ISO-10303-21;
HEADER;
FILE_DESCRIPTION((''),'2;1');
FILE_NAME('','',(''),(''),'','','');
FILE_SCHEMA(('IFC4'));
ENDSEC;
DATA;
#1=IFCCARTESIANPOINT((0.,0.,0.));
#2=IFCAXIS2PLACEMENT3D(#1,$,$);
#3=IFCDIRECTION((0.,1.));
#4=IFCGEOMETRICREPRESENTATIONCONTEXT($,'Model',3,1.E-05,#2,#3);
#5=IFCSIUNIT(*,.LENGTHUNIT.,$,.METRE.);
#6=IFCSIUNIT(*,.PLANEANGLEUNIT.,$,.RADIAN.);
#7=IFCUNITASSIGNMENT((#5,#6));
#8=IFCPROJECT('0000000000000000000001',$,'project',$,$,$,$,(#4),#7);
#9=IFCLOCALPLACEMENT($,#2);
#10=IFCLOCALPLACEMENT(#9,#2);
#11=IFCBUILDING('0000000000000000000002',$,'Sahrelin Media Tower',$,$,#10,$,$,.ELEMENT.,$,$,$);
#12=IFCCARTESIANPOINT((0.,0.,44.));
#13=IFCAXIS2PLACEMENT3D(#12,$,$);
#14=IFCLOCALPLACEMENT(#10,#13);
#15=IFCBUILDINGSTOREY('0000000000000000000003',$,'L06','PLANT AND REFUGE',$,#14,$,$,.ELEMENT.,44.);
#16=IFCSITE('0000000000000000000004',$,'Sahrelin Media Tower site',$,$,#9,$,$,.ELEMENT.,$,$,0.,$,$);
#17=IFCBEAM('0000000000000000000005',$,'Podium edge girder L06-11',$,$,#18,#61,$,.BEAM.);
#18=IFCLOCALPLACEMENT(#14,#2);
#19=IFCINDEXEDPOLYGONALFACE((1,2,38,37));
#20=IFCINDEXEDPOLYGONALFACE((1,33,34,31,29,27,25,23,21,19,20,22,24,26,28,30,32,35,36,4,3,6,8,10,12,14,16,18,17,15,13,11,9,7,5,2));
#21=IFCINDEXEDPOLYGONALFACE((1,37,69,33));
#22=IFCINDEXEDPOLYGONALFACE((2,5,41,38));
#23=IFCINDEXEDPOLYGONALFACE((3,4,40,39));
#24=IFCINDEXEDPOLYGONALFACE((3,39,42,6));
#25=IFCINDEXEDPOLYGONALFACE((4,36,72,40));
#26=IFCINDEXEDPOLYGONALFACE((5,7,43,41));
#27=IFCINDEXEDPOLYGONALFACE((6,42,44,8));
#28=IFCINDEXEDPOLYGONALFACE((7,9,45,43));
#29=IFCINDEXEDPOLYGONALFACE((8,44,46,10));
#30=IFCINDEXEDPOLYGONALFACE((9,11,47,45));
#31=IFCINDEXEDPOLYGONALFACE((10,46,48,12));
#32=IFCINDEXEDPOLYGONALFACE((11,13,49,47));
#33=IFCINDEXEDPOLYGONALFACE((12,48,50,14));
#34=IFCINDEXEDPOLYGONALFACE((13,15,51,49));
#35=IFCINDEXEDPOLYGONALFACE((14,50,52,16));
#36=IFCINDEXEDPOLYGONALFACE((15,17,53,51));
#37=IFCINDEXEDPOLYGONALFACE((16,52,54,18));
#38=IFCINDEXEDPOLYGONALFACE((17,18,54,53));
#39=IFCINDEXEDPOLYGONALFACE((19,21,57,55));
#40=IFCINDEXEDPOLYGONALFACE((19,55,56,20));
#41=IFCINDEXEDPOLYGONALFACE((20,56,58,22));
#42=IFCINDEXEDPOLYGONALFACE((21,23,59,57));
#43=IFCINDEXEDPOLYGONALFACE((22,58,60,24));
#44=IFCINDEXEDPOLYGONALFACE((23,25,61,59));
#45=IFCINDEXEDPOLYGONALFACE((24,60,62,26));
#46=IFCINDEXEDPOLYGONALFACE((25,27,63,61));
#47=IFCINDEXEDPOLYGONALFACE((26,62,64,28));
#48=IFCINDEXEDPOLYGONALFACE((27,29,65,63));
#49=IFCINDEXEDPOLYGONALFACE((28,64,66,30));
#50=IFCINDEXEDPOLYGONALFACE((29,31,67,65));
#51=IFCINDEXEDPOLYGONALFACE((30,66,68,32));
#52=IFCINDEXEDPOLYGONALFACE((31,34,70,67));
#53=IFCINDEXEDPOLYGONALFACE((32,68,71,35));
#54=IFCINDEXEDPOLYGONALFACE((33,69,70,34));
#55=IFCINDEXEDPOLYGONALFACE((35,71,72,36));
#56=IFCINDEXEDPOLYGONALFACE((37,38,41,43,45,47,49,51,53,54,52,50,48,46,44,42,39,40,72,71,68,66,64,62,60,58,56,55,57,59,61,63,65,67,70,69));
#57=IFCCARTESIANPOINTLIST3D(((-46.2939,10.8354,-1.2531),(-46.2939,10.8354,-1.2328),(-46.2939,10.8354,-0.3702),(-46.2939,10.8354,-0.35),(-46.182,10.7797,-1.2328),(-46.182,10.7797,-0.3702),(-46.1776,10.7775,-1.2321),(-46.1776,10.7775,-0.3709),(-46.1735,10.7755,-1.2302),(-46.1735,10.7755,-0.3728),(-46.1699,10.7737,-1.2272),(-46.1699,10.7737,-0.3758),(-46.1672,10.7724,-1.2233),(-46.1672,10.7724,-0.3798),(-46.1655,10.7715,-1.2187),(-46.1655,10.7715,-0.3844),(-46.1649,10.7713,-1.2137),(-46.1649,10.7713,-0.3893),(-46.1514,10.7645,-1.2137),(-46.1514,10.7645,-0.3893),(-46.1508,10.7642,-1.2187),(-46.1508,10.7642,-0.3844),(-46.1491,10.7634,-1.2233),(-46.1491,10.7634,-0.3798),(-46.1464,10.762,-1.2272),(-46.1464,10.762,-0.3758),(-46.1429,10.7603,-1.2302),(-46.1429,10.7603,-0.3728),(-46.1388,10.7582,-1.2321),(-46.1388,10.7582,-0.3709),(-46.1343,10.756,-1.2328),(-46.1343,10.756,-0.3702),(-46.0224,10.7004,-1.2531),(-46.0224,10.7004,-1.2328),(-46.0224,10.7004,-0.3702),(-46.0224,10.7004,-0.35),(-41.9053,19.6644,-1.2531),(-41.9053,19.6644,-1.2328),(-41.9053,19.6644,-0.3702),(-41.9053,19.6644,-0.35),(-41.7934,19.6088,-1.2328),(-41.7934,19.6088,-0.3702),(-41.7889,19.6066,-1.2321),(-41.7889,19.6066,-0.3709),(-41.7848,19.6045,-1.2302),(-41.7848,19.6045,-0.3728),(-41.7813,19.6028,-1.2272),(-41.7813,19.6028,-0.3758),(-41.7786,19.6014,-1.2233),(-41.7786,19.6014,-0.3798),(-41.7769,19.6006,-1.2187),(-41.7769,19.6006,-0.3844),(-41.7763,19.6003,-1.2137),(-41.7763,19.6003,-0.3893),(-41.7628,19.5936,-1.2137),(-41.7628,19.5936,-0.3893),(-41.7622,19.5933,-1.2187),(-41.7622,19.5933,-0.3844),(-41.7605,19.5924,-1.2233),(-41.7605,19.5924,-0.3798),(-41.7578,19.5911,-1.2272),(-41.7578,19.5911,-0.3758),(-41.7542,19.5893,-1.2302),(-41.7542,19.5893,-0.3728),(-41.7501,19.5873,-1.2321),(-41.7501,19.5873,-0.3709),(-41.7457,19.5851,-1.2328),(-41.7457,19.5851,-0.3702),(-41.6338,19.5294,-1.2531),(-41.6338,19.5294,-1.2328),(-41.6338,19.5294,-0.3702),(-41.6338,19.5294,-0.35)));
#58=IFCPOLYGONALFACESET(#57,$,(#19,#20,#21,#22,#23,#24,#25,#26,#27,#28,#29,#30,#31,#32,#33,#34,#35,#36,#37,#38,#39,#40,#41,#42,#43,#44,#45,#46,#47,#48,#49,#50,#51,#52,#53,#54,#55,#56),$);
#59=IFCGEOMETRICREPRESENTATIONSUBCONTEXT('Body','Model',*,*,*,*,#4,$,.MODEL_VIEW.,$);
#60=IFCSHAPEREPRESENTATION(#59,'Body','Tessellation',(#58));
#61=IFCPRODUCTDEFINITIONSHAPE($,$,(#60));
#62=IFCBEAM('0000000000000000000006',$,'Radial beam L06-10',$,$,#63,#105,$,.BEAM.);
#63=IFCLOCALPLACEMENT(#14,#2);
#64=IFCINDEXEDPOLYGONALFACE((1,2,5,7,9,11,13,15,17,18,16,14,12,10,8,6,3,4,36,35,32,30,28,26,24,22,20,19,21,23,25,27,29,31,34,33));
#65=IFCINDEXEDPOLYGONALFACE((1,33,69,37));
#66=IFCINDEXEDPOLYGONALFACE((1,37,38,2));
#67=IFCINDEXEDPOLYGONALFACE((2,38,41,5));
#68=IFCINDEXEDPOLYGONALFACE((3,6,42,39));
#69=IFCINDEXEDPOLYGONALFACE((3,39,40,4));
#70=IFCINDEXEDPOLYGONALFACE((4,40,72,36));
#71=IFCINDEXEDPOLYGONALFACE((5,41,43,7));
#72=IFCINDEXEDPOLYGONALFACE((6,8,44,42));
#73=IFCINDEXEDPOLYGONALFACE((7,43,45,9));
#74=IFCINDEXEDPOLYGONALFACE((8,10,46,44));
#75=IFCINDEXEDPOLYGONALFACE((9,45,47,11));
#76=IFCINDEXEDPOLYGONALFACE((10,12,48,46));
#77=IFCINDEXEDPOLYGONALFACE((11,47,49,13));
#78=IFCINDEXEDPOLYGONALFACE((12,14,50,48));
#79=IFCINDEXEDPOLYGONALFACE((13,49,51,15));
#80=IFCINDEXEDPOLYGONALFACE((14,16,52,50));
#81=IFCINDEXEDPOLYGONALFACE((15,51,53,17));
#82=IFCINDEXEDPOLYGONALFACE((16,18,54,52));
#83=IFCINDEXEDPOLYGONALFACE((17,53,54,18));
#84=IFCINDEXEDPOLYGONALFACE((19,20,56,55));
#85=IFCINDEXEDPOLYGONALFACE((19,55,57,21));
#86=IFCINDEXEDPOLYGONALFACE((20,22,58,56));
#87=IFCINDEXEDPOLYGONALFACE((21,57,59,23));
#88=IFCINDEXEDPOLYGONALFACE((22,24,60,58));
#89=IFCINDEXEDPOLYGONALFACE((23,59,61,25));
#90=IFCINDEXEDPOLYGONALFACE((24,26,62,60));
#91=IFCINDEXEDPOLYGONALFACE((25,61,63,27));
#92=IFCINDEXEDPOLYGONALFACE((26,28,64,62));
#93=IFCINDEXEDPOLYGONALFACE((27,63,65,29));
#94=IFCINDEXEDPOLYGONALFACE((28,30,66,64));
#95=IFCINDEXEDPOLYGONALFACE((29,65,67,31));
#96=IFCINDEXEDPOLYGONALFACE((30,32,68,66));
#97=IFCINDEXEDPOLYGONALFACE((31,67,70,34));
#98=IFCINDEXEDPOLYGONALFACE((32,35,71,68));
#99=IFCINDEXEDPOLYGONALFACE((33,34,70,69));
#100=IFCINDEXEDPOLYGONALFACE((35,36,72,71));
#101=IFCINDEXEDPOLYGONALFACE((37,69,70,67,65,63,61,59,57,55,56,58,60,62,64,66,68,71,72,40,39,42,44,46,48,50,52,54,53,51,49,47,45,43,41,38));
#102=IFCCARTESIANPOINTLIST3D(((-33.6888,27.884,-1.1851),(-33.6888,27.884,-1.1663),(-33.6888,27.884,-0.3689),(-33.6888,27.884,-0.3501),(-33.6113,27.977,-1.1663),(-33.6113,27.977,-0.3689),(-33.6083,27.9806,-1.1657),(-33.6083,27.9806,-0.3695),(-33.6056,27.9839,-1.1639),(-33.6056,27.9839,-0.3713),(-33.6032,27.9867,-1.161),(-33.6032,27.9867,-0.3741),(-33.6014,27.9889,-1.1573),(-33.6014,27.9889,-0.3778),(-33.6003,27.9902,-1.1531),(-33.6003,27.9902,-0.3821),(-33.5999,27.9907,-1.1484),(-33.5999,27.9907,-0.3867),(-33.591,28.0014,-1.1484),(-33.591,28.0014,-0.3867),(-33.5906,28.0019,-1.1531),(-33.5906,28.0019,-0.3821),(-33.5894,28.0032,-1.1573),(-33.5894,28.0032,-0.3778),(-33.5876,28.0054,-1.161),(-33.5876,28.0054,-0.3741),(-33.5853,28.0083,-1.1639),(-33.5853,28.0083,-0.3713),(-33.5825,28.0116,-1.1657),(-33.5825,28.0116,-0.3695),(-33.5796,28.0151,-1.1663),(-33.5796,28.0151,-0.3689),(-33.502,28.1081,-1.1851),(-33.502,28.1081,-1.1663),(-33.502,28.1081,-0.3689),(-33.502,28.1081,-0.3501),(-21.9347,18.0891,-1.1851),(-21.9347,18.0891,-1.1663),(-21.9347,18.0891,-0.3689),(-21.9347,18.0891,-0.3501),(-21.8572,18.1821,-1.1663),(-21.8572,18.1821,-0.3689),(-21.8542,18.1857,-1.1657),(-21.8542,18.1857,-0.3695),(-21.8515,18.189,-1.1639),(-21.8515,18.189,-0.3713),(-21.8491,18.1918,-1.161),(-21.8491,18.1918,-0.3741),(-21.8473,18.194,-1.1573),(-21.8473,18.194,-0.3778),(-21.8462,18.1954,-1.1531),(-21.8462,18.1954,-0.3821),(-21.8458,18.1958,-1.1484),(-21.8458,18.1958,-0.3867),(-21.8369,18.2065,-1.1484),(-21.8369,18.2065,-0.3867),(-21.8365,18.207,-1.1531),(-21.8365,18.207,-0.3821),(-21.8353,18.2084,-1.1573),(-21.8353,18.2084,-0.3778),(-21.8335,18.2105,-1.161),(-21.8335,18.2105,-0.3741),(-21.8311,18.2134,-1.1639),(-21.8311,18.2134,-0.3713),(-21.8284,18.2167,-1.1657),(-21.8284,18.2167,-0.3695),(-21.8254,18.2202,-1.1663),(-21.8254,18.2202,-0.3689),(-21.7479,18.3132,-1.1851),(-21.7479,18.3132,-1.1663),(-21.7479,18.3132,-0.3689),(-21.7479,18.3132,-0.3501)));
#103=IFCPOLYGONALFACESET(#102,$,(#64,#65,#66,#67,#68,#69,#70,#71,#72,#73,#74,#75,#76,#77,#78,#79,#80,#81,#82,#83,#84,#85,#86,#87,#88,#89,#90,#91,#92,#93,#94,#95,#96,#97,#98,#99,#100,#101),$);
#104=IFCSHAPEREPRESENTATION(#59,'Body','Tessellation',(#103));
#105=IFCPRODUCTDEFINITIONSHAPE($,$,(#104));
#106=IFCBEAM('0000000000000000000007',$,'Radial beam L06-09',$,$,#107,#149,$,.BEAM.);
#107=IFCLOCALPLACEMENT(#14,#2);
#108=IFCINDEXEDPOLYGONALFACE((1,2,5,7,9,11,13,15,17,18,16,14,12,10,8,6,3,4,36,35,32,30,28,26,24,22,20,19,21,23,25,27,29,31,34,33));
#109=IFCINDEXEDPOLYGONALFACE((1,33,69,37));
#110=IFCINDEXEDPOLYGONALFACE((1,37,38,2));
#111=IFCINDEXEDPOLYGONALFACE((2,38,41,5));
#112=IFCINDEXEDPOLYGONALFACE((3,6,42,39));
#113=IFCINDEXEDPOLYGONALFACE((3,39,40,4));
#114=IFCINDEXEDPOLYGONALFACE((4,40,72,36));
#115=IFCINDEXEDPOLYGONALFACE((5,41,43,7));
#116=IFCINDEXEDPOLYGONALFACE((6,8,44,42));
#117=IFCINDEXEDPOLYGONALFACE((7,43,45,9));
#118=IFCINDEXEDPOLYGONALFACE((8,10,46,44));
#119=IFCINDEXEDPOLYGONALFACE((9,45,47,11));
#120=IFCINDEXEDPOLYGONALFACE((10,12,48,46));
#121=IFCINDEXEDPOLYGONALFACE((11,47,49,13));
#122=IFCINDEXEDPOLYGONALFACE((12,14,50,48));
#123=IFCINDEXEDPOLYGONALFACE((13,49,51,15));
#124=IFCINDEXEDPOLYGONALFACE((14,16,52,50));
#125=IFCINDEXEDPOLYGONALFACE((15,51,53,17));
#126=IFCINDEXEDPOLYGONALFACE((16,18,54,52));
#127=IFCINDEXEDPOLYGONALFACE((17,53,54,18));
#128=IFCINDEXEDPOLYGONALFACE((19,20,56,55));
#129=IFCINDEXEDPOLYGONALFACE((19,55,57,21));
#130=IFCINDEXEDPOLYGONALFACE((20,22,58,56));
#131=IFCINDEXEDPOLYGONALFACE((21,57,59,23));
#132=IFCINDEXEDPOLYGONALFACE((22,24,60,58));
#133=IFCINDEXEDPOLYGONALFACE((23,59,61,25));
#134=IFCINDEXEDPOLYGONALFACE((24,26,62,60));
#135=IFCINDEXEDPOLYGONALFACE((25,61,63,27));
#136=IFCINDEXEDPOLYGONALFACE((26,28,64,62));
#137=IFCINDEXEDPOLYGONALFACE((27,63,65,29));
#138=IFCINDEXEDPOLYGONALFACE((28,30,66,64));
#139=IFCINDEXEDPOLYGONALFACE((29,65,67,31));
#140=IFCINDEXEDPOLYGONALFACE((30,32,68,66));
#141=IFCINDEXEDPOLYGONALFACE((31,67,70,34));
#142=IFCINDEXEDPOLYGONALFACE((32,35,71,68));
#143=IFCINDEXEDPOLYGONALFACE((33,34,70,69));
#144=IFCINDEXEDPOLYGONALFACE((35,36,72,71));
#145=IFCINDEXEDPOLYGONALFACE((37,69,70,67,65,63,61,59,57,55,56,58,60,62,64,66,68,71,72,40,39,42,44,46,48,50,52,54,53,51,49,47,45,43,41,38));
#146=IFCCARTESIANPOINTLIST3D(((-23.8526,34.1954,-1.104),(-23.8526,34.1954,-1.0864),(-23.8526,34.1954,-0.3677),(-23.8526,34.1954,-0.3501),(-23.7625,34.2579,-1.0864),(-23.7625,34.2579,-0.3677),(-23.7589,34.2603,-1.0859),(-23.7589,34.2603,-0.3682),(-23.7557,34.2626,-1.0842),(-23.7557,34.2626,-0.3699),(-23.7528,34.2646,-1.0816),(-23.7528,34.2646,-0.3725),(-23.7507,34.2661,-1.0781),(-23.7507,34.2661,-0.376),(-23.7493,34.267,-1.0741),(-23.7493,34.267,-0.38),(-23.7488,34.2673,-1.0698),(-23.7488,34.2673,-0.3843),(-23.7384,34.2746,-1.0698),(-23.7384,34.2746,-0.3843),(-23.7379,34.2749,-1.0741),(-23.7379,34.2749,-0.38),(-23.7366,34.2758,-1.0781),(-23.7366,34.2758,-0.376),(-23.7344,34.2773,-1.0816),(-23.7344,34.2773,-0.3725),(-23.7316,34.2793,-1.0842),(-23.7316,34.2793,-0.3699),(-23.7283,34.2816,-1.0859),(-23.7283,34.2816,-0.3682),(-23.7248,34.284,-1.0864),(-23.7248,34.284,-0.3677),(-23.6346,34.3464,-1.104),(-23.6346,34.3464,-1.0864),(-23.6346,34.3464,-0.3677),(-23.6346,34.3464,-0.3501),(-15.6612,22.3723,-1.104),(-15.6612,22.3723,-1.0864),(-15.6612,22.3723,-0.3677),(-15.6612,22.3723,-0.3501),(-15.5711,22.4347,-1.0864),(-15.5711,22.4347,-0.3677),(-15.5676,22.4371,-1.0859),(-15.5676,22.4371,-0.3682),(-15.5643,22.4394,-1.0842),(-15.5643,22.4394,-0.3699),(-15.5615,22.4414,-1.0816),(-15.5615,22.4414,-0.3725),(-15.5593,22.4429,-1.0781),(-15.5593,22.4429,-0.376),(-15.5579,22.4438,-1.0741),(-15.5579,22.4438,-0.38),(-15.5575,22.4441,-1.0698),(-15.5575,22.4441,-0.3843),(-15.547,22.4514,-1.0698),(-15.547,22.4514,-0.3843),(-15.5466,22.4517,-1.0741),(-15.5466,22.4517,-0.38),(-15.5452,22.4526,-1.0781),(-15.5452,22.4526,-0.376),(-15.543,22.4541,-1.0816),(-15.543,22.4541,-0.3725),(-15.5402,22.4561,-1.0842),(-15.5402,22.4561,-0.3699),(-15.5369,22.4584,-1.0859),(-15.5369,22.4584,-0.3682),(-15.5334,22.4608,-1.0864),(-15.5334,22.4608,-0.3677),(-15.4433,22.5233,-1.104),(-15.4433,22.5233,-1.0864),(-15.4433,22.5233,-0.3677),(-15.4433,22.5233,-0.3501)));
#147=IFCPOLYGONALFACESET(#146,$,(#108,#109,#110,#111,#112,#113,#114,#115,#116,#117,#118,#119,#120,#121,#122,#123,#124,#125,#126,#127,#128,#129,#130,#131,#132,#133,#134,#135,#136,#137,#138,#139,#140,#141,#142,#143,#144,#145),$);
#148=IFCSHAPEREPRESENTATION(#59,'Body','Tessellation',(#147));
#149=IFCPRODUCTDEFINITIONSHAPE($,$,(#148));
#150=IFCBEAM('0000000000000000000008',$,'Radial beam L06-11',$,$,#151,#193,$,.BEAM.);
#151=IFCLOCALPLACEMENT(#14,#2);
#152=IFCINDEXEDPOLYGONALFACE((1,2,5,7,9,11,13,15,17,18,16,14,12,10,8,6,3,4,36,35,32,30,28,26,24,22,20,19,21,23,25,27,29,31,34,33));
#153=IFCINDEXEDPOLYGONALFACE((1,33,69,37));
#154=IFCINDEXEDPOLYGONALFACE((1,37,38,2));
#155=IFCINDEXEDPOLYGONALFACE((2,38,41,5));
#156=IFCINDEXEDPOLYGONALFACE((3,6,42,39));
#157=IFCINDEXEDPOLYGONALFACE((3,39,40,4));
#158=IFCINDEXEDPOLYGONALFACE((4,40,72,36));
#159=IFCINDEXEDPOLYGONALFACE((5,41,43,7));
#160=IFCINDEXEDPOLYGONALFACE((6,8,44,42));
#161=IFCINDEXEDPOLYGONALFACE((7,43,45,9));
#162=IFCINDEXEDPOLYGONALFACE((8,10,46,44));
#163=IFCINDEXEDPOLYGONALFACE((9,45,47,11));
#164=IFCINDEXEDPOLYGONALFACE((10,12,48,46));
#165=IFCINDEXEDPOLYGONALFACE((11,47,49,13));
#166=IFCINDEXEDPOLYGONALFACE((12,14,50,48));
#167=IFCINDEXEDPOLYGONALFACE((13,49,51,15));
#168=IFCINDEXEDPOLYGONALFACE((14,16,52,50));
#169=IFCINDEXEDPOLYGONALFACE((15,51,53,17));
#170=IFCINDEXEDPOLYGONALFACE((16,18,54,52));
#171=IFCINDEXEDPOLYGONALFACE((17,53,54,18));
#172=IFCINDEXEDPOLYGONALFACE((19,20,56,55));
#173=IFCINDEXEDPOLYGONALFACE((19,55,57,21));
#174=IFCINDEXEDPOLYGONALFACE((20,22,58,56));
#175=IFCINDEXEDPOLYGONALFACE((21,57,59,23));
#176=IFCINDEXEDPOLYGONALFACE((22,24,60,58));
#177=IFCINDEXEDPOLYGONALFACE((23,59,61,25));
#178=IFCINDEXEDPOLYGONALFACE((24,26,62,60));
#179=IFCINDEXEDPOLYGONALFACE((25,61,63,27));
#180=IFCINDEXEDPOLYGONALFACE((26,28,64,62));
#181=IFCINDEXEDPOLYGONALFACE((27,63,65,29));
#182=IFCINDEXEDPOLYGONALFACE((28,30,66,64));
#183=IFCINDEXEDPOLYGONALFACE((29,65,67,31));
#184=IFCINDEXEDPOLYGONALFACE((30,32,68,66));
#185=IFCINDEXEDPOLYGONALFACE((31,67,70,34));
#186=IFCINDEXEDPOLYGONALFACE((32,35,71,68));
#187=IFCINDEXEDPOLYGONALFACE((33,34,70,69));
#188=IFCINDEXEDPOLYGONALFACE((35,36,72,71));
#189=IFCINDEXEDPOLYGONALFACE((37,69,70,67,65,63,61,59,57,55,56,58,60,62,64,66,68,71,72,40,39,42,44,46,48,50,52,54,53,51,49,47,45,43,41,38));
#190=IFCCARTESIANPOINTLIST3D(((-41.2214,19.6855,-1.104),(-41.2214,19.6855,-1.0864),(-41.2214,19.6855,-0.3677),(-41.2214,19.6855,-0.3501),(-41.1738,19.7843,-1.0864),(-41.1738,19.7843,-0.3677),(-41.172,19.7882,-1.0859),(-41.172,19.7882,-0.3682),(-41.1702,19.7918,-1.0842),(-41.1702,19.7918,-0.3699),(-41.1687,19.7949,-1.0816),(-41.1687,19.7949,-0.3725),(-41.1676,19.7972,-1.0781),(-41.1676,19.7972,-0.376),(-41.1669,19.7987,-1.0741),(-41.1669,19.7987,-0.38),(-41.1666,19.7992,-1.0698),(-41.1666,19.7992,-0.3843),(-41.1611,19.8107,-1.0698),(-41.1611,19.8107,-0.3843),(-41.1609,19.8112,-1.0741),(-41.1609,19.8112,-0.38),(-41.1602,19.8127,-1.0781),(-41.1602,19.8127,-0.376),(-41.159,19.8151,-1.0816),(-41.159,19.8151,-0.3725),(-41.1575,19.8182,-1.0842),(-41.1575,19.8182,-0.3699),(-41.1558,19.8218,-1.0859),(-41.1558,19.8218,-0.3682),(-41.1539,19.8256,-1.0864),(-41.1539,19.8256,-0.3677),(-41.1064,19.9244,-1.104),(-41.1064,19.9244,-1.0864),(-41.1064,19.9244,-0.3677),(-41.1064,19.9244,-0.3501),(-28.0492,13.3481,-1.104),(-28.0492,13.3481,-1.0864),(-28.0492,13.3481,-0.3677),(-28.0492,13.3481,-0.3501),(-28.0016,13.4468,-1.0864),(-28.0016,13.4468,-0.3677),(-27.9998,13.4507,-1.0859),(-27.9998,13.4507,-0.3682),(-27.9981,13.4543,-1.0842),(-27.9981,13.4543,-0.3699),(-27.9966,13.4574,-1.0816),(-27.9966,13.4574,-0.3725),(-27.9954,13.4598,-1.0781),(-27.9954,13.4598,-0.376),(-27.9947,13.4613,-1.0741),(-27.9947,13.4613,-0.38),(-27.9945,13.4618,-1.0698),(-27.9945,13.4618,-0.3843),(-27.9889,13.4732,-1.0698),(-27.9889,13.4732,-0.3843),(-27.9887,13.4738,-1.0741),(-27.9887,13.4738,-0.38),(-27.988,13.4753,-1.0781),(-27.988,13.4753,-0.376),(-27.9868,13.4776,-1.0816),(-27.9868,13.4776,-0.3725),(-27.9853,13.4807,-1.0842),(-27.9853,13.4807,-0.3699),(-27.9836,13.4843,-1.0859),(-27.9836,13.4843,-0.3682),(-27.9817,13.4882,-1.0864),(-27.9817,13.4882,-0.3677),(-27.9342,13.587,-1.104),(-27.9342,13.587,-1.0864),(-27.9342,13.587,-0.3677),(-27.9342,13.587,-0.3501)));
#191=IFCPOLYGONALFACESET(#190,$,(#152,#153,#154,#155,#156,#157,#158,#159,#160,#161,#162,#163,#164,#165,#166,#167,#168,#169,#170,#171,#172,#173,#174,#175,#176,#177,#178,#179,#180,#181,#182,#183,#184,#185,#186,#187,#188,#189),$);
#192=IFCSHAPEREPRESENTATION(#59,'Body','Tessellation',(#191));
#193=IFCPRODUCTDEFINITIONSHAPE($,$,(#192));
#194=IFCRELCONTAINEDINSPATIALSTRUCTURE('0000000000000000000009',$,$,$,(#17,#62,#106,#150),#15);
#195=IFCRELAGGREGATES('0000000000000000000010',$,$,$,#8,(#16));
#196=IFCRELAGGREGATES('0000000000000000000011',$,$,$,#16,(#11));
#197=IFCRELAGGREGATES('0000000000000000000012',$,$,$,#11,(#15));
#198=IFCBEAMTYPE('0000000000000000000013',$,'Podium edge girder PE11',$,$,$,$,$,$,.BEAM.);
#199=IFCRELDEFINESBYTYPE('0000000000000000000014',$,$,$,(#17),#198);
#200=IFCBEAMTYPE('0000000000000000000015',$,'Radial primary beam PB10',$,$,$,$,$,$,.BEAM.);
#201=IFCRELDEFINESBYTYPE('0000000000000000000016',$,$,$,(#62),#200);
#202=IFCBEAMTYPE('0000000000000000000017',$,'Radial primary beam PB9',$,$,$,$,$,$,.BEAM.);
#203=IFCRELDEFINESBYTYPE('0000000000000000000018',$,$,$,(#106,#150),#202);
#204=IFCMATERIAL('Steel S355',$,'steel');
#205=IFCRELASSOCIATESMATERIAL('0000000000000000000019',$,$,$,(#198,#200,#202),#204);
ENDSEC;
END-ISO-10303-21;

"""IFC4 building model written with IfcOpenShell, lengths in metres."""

from ifc_helpers import new_model, si_unit, direction, frame, origin, origin_2d, place, context, subcontext, project, spatial, i_section, extrude, material, material_profile, profile_set, type_object, element, save


model = new_model("IFC4")

# Units and contexts
model_context = context("Model", 3, precision=1e-05, world=origin(), true_north=direction((0.0, 1.0)))
body_context = subcontext(model_context, "Body", "Model", "MODEL_VIEW")
ifc_project = project(units=[si_unit("LENGTHUNIT", "METRE"), si_unit("PLANEANGLEUNIT", "RADIAN")], contexts=[model_context])

# Site, building, storey
site_placement = place(None, origin())
site = spatial("IfcSite", under=ifc_project, at=site_placement, Name="Sahrelin Media Tower site", CompositionType="ELEMENT", RefElevation=0.0)
building_placement = place(site_placement, origin())
building = spatial("IfcBuilding", under=site, at=building_placement, Name="Sahrelin Media Tower", CompositionType="ELEMENT")
storey_placement = place(building_placement, frame((0.0, 0.0, 44.0)))
storey = spatial("IfcBuildingStorey", under=building, at=storey_placement, Name="L06", Description="PLANT AND REFUGE", CompositionType="ELEMENT", Elevation=44.0)

# Beams
ifc_material_1 = material(Name="Steel S355", Category="steel")
ifc_material_profile_1 = material_profile(ifc_material_1, i_section(OverallWidth=0.3032, OverallDepth=0.9031, WebThickness=0.0151, FlangeThickness=0.0203, FilletRadius=0.019, at=origin_2d()), Name="UB 914x305x201")
ifc_profile_set_1 = profile_set([ifc_material_profile_1], Name="Steel S355")
beam_type_1 = type_object("IfcBeamType", Name="Podium edge girder PE11", PredefinedType="BEAM", material=ifc_profile_set_1)
beam_1_placement = place(storey_placement, frame((-41.7695, 19.5969, -0.8015), z_axis=(-0.445113, -0.895475, 0.0), x_axis=(0.895475, -0.445113, 0.0)))
element("IfcBeam", 1, at=beam_1_placement, inside=storey, type_object=beam_type_1, Name="Podium edge girder L06-11", PredefinedType="BEAM", context=body_context, shape_type="SweptSolid", body=[
    extrude(i_section(OverallWidth=0.3032, OverallDepth=0.9031, WebThickness=0.0151, FlangeThickness=0.0203, FilletRadius=0.019, at=origin_2d()), origin(), (0.0, 0.0, 1.0), 9.8596),
])
ifc_material_profile_2 = material_profile(ifc_material_1, i_section(OverallWidth=0.2917, OverallDepth=0.835, WebThickness=0.0139, FlangeThickness=0.0188, FilletRadius=0.0178, at=origin_2d()), Name="UB 838x292x176")
ifc_profile_set_2 = profile_set([ifc_material_profile_2], Name="Steel S355")
beam_type_2 = type_object("IfcBeamType", Name="Radial primary beam PB10", PredefinedType="BEAM", material=ifc_profile_set_2)
beam_2_placement = place(storey_placement, frame((-21.8413, 18.2012, -0.7676), z_axis=(-0.768228, 0.640177, 0.0), x_axis=(-0.640177, -0.768228, 0.0)))
element("IfcBeam", 2, at=beam_2_placement, inside=storey, type_object=beam_type_2, Name="Radial beam L06-10", PredefinedType="BEAM", context=body_context, shape_type="SweptSolid", body=[
    extrude(i_section(OverallWidth=0.2917, OverallDepth=0.835, WebThickness=0.0139, FlangeThickness=0.0188, FilletRadius=0.0178, at=origin_2d()), origin(), (0.0, 0.0, 1.0), 15.3003),
])
ifc_material_profile_3 = material_profile(ifc_material_1, i_section(OverallWidth=0.2651, OverallDepth=0.7539, WebThickness=0.0127, FlangeThickness=0.0176, FilletRadius=0.0166, at=origin_2d()), Name="UB 762x267x147")
ifc_profile_set_3 = profile_set([ifc_material_profile_3], Name="Steel S355")
beam_type_3 = type_object("IfcBeamType", Name="Radial primary beam PB9", PredefinedType="BEAM", material=ifc_profile_set_3)
beam_3_placement = place(storey_placement, frame((-15.5522, 22.4478, -0.7271), z_axis=(-0.569496, 0.821994, 0.0), x_axis=(-0.821994, -0.569496, 0.0)))
element("IfcBeam", 3, at=beam_3_placement, inside=storey, type_object=beam_type_3, Name="Radial beam L06-09", PredefinedType="BEAM", context=body_context, shape_type="SweptSolid", body=[
    extrude(i_section(OverallWidth=0.2651, OverallDepth=0.7539, WebThickness=0.0127, FlangeThickness=0.0176, FilletRadius=0.0166, at=origin_2d()), origin(), (0.0, 0.0, 1.0), 14.3835),
])
beam_4_placement = place(storey_placement, frame((-27.9917, 13.4675, -0.7271), z_axis=(-0.901128, 0.433553, 0.0), x_axis=(-0.433553, -0.901128, 0.0)))
element("IfcBeam", 4, at=beam_4_placement, inside=storey, type_object=beam_type_3, Name="Radial beam L06-11", PredefinedType="BEAM", context=body_context, shape_type="SweptSolid", body=[
    extrude(i_section(OverallWidth=0.2651, OverallDepth=0.7539, WebThickness=0.0127, FlangeThickness=0.0176, FilletRadius=0.0166, at=origin_2d()), origin(), (0.0, 0.0, 1.0), 14.6174),
])

save(model, "model.ifc")
